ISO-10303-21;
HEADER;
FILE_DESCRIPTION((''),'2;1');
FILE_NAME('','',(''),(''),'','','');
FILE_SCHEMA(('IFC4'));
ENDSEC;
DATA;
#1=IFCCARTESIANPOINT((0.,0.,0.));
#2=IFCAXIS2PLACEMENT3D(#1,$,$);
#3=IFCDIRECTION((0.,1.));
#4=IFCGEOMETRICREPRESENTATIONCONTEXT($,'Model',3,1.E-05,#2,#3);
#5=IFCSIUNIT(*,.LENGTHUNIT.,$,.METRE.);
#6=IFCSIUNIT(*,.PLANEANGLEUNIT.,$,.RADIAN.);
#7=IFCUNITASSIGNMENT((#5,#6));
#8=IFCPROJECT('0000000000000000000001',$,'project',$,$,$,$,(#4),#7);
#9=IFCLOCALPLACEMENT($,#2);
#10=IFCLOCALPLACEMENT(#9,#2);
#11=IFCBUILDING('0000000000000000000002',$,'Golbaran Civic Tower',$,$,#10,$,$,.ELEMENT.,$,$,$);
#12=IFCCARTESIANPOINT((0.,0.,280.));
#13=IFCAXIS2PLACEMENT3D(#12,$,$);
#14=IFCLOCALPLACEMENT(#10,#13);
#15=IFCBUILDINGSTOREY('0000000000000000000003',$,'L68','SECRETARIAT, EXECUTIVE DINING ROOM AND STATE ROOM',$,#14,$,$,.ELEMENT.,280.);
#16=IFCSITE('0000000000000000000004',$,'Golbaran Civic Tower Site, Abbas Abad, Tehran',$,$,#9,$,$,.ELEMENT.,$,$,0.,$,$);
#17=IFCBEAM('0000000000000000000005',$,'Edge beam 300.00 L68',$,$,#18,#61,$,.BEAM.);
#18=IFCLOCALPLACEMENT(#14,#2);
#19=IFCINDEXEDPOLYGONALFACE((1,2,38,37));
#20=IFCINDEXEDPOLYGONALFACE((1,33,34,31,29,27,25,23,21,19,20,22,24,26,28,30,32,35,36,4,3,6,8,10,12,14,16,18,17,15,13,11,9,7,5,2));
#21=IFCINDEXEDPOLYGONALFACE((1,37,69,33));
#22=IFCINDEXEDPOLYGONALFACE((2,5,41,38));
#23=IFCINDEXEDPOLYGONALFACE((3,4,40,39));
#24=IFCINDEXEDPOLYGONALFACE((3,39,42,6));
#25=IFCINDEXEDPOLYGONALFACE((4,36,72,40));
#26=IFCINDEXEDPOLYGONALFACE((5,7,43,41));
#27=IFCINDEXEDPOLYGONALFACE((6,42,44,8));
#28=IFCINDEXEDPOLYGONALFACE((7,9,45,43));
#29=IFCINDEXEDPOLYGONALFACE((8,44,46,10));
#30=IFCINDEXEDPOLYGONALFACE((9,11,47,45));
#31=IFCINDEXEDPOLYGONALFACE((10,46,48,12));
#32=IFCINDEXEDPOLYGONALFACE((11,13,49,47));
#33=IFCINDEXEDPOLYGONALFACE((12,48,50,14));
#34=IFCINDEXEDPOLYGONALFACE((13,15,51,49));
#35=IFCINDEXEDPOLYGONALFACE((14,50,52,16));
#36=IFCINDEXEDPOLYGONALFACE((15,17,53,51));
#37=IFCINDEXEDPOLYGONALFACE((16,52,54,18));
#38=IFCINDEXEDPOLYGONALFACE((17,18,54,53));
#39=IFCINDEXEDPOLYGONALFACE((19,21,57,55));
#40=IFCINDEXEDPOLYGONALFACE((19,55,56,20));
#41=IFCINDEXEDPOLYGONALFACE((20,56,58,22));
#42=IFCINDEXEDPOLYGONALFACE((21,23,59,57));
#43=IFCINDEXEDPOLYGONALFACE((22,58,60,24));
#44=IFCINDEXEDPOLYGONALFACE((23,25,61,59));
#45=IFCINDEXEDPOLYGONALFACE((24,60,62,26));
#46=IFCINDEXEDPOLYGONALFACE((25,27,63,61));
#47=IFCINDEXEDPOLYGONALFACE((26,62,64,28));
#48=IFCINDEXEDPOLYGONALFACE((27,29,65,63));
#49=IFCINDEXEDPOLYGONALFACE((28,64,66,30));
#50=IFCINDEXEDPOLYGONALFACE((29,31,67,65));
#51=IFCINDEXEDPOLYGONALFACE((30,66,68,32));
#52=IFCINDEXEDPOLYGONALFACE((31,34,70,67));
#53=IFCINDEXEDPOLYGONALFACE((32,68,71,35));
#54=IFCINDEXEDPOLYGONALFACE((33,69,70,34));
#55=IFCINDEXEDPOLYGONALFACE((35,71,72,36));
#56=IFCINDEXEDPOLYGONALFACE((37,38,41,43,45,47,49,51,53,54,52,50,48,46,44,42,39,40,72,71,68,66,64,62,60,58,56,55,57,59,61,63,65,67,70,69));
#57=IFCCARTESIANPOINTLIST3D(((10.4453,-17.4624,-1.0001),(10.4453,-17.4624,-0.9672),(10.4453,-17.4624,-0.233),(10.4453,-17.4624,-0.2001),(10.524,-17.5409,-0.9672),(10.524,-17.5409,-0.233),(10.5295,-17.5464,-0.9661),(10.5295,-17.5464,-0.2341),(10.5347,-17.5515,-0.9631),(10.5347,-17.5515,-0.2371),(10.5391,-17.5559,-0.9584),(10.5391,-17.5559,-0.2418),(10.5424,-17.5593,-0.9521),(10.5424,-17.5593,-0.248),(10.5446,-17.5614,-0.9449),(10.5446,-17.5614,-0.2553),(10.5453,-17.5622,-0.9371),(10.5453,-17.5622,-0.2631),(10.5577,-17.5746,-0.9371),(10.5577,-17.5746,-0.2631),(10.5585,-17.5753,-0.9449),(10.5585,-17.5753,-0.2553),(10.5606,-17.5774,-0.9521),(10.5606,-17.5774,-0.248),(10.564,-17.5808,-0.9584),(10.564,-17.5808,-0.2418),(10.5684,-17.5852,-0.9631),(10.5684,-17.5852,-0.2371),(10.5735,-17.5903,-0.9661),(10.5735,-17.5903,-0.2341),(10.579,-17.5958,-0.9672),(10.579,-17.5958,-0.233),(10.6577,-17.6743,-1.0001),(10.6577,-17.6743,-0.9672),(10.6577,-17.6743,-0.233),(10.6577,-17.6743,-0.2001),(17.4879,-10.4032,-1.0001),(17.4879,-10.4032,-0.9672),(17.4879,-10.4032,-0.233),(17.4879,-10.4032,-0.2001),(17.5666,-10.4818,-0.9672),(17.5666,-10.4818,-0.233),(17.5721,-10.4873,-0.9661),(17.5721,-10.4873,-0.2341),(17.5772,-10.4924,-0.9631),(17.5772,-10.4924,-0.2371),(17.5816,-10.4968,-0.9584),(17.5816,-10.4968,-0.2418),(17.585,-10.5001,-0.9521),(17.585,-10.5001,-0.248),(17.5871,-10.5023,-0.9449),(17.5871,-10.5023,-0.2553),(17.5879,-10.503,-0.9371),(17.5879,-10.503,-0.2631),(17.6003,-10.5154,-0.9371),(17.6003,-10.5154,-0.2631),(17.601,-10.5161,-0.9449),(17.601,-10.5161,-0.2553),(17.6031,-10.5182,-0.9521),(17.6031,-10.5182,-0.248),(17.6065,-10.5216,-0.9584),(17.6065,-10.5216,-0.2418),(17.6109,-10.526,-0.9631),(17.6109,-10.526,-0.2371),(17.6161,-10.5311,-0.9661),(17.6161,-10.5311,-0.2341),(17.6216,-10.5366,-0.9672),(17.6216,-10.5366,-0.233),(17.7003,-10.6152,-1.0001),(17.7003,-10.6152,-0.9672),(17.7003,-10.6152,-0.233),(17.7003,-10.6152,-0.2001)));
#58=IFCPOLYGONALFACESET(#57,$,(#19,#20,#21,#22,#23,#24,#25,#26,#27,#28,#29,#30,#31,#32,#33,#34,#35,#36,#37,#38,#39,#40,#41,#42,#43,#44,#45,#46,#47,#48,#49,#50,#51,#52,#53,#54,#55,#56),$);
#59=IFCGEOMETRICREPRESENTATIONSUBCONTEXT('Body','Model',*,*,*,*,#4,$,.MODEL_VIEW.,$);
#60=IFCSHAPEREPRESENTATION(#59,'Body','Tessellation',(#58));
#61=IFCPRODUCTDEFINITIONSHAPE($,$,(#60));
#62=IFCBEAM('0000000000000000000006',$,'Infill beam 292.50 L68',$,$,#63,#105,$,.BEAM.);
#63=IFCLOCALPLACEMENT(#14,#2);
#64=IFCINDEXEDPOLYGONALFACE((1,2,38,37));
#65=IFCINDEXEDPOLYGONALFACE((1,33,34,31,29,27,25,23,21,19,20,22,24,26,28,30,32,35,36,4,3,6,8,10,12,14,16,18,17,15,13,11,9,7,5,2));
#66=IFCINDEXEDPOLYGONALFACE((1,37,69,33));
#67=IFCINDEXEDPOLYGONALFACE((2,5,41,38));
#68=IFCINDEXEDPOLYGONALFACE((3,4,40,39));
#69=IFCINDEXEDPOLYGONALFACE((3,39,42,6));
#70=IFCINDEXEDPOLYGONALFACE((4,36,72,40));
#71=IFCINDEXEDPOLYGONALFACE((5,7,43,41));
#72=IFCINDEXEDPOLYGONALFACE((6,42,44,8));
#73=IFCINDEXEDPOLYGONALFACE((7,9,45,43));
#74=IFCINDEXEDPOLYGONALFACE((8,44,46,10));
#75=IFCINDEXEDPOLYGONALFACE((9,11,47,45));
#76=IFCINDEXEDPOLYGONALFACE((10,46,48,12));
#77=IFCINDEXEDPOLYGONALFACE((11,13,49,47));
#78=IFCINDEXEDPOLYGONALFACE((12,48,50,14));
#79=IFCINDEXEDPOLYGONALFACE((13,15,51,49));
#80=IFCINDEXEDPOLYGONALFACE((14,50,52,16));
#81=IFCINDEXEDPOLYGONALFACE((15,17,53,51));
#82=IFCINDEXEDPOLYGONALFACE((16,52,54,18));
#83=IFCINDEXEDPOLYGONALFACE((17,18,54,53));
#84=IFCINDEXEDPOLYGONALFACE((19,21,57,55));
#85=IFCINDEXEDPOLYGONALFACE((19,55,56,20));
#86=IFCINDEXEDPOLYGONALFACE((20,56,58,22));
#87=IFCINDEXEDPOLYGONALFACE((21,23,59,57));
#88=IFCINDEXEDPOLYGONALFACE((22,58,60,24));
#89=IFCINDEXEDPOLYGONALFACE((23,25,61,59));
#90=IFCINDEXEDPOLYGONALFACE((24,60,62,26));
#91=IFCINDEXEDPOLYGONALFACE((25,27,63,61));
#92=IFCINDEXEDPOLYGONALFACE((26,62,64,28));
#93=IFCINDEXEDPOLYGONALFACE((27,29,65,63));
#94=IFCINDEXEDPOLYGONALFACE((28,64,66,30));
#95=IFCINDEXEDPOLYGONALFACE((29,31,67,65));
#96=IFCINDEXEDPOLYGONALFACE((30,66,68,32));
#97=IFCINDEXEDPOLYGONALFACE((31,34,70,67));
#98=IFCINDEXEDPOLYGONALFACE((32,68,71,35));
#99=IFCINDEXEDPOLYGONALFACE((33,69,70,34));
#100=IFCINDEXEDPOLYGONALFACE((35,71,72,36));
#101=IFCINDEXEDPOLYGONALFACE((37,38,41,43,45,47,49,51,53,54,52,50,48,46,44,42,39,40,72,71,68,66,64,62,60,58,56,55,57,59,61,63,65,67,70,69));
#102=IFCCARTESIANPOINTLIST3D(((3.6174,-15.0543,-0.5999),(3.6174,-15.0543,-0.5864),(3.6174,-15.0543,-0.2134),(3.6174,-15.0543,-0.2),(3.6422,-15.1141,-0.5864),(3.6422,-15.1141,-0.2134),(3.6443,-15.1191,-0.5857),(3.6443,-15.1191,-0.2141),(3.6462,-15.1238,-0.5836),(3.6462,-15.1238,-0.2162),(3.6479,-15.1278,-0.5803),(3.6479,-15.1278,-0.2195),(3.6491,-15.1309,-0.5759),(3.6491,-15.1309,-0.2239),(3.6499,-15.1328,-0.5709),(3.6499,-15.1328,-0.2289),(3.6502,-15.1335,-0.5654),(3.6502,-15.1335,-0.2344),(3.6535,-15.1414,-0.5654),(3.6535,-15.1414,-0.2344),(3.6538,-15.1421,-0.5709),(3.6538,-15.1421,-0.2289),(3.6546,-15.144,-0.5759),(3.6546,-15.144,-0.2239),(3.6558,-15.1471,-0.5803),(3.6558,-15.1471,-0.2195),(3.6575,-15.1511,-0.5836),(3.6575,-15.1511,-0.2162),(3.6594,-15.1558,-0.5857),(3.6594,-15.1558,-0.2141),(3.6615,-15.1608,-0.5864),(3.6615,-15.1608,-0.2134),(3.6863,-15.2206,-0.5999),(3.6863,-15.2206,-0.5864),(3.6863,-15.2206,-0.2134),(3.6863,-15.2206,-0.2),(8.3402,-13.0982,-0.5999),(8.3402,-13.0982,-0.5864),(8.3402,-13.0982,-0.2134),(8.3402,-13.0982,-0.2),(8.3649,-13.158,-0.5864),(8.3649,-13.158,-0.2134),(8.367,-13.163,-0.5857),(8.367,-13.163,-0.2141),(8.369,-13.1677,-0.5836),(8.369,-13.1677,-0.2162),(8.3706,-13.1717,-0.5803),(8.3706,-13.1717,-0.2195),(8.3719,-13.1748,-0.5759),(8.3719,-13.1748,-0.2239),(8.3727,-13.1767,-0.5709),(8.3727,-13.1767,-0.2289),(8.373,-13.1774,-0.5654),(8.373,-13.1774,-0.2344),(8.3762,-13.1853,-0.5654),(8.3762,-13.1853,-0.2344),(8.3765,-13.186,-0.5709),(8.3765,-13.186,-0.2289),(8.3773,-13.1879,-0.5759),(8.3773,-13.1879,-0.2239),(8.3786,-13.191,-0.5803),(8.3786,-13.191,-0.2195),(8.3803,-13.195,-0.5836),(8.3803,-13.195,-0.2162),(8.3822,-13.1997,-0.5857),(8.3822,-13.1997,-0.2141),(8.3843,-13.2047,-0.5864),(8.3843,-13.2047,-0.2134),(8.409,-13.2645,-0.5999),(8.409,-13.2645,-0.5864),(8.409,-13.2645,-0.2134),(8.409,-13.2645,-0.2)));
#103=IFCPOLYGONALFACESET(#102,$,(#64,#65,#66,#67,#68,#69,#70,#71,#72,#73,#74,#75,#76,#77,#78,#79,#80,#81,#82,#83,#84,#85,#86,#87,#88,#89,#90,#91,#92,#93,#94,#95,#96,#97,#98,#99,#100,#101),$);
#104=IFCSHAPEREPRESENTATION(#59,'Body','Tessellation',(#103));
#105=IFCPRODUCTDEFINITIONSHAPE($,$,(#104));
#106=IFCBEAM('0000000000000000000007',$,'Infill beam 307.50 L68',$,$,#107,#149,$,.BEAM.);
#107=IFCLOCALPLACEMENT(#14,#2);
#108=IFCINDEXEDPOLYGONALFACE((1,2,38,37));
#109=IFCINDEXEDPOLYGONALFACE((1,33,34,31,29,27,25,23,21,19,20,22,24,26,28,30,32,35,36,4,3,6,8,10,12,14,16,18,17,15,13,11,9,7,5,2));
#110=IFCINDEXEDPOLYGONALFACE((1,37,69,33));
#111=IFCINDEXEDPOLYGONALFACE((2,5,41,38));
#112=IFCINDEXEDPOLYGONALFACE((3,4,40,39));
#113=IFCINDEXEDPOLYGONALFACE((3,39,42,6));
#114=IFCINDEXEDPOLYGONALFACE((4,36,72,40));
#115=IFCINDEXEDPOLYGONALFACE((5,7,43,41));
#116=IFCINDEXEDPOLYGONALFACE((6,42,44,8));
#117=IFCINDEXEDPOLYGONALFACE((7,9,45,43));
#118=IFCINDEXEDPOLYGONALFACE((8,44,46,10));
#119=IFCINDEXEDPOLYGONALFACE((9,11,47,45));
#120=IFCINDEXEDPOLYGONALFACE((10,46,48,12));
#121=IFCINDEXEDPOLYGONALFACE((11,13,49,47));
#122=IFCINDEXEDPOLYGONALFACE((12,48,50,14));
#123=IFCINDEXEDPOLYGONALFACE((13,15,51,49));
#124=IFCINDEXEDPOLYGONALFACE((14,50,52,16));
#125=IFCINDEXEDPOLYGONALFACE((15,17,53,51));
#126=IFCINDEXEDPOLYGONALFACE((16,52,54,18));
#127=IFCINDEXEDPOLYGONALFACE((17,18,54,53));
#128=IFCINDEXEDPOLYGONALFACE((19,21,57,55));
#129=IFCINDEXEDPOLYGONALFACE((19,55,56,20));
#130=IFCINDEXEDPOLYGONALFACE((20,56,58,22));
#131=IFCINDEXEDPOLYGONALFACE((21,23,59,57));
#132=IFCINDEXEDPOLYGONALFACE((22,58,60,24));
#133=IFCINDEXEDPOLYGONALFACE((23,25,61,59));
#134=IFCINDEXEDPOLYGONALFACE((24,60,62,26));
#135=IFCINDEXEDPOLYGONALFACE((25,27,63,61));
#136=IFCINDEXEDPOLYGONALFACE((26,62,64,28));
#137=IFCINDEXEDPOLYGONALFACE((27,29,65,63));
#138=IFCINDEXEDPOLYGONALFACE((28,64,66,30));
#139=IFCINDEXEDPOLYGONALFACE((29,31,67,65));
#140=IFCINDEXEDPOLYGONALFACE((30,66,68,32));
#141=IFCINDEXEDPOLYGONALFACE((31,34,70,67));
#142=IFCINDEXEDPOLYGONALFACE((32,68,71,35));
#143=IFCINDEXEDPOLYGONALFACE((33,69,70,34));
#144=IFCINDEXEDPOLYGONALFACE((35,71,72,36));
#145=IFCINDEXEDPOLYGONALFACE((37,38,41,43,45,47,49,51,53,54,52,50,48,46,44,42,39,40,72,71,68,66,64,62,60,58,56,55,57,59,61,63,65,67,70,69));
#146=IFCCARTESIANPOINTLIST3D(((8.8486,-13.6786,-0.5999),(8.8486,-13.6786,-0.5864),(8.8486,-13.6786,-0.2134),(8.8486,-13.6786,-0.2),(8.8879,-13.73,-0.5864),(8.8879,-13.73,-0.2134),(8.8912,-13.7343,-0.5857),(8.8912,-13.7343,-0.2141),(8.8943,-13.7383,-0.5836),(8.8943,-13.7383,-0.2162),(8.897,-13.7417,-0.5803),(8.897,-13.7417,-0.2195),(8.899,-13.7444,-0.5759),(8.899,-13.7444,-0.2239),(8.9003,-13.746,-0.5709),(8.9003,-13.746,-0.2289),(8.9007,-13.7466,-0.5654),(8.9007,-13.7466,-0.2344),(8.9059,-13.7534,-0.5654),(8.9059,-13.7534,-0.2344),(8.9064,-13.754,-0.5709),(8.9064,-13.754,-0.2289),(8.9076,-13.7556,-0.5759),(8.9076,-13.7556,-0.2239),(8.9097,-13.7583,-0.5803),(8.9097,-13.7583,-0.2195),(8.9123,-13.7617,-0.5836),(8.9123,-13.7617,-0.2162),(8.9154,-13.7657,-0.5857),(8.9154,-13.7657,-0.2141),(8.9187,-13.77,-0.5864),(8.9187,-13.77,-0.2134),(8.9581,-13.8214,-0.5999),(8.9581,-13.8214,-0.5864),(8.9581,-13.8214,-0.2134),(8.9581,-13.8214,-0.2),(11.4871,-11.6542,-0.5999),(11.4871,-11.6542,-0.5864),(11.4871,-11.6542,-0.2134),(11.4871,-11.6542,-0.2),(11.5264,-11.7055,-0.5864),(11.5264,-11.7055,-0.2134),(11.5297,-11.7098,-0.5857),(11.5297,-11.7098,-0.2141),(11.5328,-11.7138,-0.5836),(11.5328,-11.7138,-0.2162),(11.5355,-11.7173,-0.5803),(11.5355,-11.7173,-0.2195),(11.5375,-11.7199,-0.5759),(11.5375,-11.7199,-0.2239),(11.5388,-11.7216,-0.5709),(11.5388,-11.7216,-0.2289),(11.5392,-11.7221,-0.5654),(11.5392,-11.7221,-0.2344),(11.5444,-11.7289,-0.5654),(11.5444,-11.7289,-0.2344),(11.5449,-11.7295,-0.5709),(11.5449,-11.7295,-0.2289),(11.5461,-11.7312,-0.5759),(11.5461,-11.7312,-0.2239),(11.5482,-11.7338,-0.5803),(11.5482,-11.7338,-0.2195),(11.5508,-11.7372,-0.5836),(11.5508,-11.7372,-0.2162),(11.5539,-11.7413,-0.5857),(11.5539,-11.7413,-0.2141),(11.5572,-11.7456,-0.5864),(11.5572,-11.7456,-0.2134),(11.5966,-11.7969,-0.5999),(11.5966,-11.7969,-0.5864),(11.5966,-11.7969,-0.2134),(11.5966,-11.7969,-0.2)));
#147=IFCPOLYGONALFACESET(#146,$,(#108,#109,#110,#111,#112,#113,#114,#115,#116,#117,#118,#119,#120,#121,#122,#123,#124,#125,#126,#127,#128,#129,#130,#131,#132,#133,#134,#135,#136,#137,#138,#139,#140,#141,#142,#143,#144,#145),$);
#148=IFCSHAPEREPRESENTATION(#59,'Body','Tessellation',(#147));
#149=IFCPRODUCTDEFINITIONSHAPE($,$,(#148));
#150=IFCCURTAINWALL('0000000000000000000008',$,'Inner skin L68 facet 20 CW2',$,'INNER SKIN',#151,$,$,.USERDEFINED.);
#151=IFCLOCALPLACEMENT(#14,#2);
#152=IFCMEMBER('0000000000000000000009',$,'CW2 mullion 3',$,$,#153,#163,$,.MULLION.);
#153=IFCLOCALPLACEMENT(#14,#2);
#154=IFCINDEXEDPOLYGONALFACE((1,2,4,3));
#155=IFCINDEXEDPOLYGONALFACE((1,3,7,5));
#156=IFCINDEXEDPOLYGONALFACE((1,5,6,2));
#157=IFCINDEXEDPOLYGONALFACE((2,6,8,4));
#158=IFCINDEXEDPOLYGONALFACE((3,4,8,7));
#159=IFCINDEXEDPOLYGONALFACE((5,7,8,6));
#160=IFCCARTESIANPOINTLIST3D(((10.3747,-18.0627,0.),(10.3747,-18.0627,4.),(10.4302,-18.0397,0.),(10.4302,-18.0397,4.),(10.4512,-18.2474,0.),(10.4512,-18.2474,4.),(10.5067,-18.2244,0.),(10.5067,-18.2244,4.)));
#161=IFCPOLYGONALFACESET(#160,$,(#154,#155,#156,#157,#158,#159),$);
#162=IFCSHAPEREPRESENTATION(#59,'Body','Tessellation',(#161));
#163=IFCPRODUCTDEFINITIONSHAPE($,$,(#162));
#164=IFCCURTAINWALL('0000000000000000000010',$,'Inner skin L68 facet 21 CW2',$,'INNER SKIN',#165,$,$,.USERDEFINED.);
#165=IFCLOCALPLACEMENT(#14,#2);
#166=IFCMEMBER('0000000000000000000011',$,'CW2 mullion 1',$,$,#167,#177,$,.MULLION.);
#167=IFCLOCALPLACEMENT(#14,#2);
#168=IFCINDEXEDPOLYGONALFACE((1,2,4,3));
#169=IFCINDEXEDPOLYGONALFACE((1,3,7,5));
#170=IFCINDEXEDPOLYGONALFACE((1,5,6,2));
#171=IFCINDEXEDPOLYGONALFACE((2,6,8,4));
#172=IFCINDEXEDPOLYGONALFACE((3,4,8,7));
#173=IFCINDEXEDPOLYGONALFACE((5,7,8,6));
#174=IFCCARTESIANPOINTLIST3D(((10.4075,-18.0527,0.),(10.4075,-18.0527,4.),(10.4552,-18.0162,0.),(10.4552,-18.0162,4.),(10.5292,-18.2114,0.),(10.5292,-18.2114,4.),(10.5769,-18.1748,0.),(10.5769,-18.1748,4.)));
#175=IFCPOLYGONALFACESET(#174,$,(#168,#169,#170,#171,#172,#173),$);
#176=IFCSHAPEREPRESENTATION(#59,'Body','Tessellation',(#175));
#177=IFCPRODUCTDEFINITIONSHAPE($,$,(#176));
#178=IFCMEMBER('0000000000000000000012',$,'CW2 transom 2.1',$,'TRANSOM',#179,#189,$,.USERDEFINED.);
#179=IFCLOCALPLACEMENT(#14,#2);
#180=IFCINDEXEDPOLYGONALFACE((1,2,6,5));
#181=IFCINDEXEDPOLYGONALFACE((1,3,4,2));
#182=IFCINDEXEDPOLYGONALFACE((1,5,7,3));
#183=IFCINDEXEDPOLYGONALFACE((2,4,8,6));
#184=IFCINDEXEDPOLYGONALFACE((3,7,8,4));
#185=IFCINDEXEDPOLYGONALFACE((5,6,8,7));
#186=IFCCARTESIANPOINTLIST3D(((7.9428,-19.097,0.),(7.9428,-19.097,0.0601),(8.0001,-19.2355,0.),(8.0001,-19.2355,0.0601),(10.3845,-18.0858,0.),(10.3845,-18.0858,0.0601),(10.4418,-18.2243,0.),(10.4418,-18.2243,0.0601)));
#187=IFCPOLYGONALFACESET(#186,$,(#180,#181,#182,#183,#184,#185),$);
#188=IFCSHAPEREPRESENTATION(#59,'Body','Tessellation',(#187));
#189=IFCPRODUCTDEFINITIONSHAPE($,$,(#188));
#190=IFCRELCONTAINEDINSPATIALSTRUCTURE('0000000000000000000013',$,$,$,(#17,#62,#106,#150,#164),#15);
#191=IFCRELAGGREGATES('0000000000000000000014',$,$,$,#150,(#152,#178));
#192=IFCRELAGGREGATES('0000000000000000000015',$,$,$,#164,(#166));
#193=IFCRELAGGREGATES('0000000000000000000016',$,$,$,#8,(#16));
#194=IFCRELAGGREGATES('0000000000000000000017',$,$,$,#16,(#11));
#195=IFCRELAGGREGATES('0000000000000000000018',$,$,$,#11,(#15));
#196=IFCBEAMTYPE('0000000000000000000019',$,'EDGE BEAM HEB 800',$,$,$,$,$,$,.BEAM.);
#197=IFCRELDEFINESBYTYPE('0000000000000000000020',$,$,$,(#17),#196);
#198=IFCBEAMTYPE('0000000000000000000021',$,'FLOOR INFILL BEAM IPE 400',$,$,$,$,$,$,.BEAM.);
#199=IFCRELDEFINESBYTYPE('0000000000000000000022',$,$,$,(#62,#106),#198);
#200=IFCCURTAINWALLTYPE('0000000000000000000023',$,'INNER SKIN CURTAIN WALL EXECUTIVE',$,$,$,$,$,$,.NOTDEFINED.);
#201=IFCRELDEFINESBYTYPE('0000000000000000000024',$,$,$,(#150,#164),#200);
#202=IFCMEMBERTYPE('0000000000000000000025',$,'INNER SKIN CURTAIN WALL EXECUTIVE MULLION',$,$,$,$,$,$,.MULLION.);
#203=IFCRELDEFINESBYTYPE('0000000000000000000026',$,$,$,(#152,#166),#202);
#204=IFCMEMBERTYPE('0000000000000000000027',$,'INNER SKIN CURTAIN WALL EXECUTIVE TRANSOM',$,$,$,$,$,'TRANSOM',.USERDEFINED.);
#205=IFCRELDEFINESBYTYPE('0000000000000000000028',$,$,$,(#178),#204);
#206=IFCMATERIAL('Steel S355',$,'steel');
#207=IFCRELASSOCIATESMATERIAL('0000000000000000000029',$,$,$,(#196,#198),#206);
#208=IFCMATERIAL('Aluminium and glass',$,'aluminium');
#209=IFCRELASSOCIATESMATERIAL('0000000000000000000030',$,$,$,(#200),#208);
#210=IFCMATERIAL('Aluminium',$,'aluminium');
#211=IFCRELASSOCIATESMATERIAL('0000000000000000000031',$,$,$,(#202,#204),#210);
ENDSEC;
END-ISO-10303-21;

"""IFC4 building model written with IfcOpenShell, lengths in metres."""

from ifc_helpers import new_model, si_unit, direction, frame, origin, origin_2d, place, context, subcontext, project, spatial, rectangle, i_section, extrude, material, material_profile, profile_set, type_object, element, aggregate, save


model = new_model("IFC4")

# Units and contexts
model_context = context("Model", 3, precision=1e-05, world=origin(), true_north=direction((0.0, 1.0)))
body_context = subcontext(model_context, "Body", "Model", "MODEL_VIEW")
ifc_project = project(units=[si_unit("LENGTHUNIT", "METRE"), si_unit("PLANEANGLEUNIT", "RADIAN")], contexts=[model_context])

# Site, building, storey
site_placement = place(None, origin())
site = spatial("IfcSite", under=ifc_project, at=site_placement, Name="Golbaran Civic Tower Site, Abbas Abad, Tehran", CompositionType="ELEMENT", RefElevation=0.0)
building_placement = place(site_placement, origin())
building = spatial("IfcBuilding", under=site, at=building_placement, Name="Golbaran Civic Tower", CompositionType="ELEMENT")
storey_placement = place(building_placement, frame((0.0, 0.0, 280.0)))
storey = spatial("IfcBuildingStorey", under=building, at=storey_placement, Name="L68", Description="SECRETARIAT, EXECUTIVE DINING ROOM AND STATE ROOM", CompositionType="ELEMENT", Elevation=280.0)

# Beams
ifc_material_1 = material(Name="Steel S355", Category="steel")
ifc_material_profile_1 = material_profile(ifc_material_1, i_section(OverallWidth=0.3, OverallDepth=0.8, WebThickness=0.0176, FlangeThickness=0.033, FilletRadius=0.03, at=origin_2d()), Name="HEB 800")
ifc_profile_set_1 = profile_set([ifc_material_profile_1], Name="Steel S355")
beam_type_1 = type_object("IfcBeamType", Name="EDGE BEAM HEB 800", PredefinedType="BEAM", material=ifc_profile_set_1)
beam_1_placement = place(storey_placement, frame((10.5515, -17.5684, -0.6001), z_axis=(0.706274, 0.707939, 0.0), x_axis=(-0.707939, 0.706274, 0.0)))
element("IfcBeam", 1, at=beam_1_placement, inside=storey, type_object=beam_type_1, Name="Edge beam 300.00 L68", PredefinedType="BEAM", context=body_context, shape_type="SweptSolid", body=[
    extrude(i_section(OverallWidth=0.3, OverallDepth=0.8, WebThickness=0.0176, FlangeThickness=0.033, FilletRadius=0.03, at=origin_2d()), origin(), (0.0, 0.0, 1.0), 9.9714),
])
ifc_material_profile_2 = material_profile(ifc_material_1, i_section(OverallWidth=0.1799, OverallDepth=0.3999, WebThickness=0.0085, FlangeThickness=0.0134, FilletRadius=0.021, at=origin_2d()), Name="IPE 400")
ifc_profile_set_2 = profile_set([ifc_material_profile_2], Name="Steel S355")
beam_type_2 = type_object("IfcBeamType", Name="FLOOR INFILL BEAM IPE 400", PredefinedType="BEAM", material=ifc_profile_set_2)
beam_2_placement = place(storey_placement, frame((3.6519, -15.1375, -0.3999), z_axis=(0.923889, 0.382661, 0.0), x_axis=(-0.382661, 0.923889, 0.0)))
element("IfcBeam", 2, at=beam_2_placement, inside=storey, type_object=beam_type_2, Name="Infill beam 292.50 L68", PredefinedType="BEAM", context=body_context, shape_type="SweptSolid", body=[
    extrude(i_section(OverallWidth=0.1799, OverallDepth=0.3999, WebThickness=0.0085, FlangeThickness=0.0134, FilletRadius=0.021, at=origin_2d()), origin(), (0.0, 0.0, 1.0), 5.1118),
])
beam_3_placement = place(storey_placement, frame((8.9033, -13.75, -0.3999), z_axis=(0.793371, 0.608738, 0.0), x_axis=(-0.608738, 0.793371, 0.0)))
element("IfcBeam", 3, at=beam_3_placement, inside=storey, type_object=beam_type_2, Name="Infill beam 307.50 L68", PredefinedType="BEAM", context=body_context, shape_type="SweptSolid", body=[
    extrude(i_section(OverallWidth=0.1799, OverallDepth=0.3999, WebThickness=0.0085, FlangeThickness=0.0134, FilletRadius=0.021, at=origin_2d()), origin(), (0.0, 0.0, 1.0), 3.3257),
])

# Curtain walls, members
ifc_material_2 = material(Name="Aluminium and glass", Category="aluminium")
curtain_wall_type = type_object("IfcCurtainWallType", Name="INNER SKIN CURTAIN WALL EXECUTIVE", PredefinedType="NOTDEFINED", material=ifc_material_2)
curtain_wall_1_placement = place(storey_placement, origin())
curtain_wall_1 = element("IfcCurtainWall", 4, at=curtain_wall_1_placement, inside=storey, type_object=curtain_wall_type, Name="Inner skin L68 facet 20 CW2", ObjectType="INNER SKIN", PredefinedType="USERDEFINED")
ifc_material_3 = material(Name="Aluminium", Category="aluminium")
ifc_material_profile_3 = material_profile(ifc_material_3, rectangle(XDim=0.2, YDim=0.0601, at=origin_2d()), Name="INNER SKIN CURTAIN WALL EXECUTIVE MULLION")
ifc_profile_set_3 = profile_set([ifc_material_profile_3], Name="Aluminium")
member_type_1 = type_object("IfcMemberType", Name="INNER SKIN CURTAIN WALL EXECUTIVE MULLION", PredefinedType="MULLION", material=ifc_profile_set_3)
member_1_placement = place(storey_placement, frame((10.4407, -18.1436, 0.0), z_axis=(0.0, 0.0, 1.0), x_axis=(-0.382683, 0.92388, 0.0)))
member_1 = element("IfcMember", 5, at=member_1_placement, type_object=member_type_1, Name="CW2 mullion 3", PredefinedType="MULLION", context=body_context, shape_type="SweptSolid", body=[
    extrude(rectangle(XDim=0.2, YDim=0.0601, at=origin_2d()), origin(), (0.0, 0.0, 1.0), 4.0),
])
curtain_wall_2_placement = place(storey_placement, origin())
curtain_wall_2 = element("IfcCurtainWall", 6, at=curtain_wall_2_placement, inside=storey, type_object=curtain_wall_type, Name="Inner skin L68 facet 21 CW2", ObjectType="INNER SKIN", PredefinedType="USERDEFINED")
member_2_placement = place(storey_placement, frame((10.4922, -18.1138, 0.0), z_axis=(0.0, 0.0, 1.0), x_axis=(-0.608761, 0.793353, 0.0)))
member_2 = element("IfcMember", 7, at=member_2_placement, type_object=member_type_1, Name="CW2 mullion 1", PredefinedType="MULLION", context=body_context, shape_type="SweptSolid", body=[
    extrude(rectangle(XDim=0.2, YDim=0.0601, at=origin_2d()), origin(), (0.0, 0.0, 1.0), 4.0),
])

# Member
ifc_material_profile_4 = material_profile(ifc_material_3, rectangle(XDim=0.1499, YDim=0.0601, at=origin_2d()), Name="INNER SKIN CURTAIN WALL EXECUTIVE TRANSOM")
ifc_profile_set_4 = profile_set([ifc_material_profile_4], Name="Aluminium")
member_type_2 = type_object("IfcMemberType", Name="INNER SKIN CURTAIN WALL EXECUTIVE TRANSOM", ElementType="TRANSOM", PredefinedType="USERDEFINED", material=ifc_profile_set_4)
member_3_placement = place(storey_placement, frame((7.9714, -19.1663, 0.03), z_axis=(0.923897, 0.38264, 0.0), x_axis=(-0.38264, 0.923897, 0.0)))
member_3 = element("IfcMember", 8, at=member_3_placement, type_object=member_type_2, Name="CW2 transom 2.1", ObjectType="TRANSOM", PredefinedType="USERDEFINED", context=body_context, shape_type="SweptSolid", body=[
    extrude(rectangle(XDim=0.1499, YDim=0.0601, at=origin_2d()), origin(), (0.0, 0.0, 1.0), 2.6428),
])

aggregate(curtain_wall_1, [member_1, member_3])
aggregate(curtain_wall_2, [member_2])

save(model, "model.ifc")
